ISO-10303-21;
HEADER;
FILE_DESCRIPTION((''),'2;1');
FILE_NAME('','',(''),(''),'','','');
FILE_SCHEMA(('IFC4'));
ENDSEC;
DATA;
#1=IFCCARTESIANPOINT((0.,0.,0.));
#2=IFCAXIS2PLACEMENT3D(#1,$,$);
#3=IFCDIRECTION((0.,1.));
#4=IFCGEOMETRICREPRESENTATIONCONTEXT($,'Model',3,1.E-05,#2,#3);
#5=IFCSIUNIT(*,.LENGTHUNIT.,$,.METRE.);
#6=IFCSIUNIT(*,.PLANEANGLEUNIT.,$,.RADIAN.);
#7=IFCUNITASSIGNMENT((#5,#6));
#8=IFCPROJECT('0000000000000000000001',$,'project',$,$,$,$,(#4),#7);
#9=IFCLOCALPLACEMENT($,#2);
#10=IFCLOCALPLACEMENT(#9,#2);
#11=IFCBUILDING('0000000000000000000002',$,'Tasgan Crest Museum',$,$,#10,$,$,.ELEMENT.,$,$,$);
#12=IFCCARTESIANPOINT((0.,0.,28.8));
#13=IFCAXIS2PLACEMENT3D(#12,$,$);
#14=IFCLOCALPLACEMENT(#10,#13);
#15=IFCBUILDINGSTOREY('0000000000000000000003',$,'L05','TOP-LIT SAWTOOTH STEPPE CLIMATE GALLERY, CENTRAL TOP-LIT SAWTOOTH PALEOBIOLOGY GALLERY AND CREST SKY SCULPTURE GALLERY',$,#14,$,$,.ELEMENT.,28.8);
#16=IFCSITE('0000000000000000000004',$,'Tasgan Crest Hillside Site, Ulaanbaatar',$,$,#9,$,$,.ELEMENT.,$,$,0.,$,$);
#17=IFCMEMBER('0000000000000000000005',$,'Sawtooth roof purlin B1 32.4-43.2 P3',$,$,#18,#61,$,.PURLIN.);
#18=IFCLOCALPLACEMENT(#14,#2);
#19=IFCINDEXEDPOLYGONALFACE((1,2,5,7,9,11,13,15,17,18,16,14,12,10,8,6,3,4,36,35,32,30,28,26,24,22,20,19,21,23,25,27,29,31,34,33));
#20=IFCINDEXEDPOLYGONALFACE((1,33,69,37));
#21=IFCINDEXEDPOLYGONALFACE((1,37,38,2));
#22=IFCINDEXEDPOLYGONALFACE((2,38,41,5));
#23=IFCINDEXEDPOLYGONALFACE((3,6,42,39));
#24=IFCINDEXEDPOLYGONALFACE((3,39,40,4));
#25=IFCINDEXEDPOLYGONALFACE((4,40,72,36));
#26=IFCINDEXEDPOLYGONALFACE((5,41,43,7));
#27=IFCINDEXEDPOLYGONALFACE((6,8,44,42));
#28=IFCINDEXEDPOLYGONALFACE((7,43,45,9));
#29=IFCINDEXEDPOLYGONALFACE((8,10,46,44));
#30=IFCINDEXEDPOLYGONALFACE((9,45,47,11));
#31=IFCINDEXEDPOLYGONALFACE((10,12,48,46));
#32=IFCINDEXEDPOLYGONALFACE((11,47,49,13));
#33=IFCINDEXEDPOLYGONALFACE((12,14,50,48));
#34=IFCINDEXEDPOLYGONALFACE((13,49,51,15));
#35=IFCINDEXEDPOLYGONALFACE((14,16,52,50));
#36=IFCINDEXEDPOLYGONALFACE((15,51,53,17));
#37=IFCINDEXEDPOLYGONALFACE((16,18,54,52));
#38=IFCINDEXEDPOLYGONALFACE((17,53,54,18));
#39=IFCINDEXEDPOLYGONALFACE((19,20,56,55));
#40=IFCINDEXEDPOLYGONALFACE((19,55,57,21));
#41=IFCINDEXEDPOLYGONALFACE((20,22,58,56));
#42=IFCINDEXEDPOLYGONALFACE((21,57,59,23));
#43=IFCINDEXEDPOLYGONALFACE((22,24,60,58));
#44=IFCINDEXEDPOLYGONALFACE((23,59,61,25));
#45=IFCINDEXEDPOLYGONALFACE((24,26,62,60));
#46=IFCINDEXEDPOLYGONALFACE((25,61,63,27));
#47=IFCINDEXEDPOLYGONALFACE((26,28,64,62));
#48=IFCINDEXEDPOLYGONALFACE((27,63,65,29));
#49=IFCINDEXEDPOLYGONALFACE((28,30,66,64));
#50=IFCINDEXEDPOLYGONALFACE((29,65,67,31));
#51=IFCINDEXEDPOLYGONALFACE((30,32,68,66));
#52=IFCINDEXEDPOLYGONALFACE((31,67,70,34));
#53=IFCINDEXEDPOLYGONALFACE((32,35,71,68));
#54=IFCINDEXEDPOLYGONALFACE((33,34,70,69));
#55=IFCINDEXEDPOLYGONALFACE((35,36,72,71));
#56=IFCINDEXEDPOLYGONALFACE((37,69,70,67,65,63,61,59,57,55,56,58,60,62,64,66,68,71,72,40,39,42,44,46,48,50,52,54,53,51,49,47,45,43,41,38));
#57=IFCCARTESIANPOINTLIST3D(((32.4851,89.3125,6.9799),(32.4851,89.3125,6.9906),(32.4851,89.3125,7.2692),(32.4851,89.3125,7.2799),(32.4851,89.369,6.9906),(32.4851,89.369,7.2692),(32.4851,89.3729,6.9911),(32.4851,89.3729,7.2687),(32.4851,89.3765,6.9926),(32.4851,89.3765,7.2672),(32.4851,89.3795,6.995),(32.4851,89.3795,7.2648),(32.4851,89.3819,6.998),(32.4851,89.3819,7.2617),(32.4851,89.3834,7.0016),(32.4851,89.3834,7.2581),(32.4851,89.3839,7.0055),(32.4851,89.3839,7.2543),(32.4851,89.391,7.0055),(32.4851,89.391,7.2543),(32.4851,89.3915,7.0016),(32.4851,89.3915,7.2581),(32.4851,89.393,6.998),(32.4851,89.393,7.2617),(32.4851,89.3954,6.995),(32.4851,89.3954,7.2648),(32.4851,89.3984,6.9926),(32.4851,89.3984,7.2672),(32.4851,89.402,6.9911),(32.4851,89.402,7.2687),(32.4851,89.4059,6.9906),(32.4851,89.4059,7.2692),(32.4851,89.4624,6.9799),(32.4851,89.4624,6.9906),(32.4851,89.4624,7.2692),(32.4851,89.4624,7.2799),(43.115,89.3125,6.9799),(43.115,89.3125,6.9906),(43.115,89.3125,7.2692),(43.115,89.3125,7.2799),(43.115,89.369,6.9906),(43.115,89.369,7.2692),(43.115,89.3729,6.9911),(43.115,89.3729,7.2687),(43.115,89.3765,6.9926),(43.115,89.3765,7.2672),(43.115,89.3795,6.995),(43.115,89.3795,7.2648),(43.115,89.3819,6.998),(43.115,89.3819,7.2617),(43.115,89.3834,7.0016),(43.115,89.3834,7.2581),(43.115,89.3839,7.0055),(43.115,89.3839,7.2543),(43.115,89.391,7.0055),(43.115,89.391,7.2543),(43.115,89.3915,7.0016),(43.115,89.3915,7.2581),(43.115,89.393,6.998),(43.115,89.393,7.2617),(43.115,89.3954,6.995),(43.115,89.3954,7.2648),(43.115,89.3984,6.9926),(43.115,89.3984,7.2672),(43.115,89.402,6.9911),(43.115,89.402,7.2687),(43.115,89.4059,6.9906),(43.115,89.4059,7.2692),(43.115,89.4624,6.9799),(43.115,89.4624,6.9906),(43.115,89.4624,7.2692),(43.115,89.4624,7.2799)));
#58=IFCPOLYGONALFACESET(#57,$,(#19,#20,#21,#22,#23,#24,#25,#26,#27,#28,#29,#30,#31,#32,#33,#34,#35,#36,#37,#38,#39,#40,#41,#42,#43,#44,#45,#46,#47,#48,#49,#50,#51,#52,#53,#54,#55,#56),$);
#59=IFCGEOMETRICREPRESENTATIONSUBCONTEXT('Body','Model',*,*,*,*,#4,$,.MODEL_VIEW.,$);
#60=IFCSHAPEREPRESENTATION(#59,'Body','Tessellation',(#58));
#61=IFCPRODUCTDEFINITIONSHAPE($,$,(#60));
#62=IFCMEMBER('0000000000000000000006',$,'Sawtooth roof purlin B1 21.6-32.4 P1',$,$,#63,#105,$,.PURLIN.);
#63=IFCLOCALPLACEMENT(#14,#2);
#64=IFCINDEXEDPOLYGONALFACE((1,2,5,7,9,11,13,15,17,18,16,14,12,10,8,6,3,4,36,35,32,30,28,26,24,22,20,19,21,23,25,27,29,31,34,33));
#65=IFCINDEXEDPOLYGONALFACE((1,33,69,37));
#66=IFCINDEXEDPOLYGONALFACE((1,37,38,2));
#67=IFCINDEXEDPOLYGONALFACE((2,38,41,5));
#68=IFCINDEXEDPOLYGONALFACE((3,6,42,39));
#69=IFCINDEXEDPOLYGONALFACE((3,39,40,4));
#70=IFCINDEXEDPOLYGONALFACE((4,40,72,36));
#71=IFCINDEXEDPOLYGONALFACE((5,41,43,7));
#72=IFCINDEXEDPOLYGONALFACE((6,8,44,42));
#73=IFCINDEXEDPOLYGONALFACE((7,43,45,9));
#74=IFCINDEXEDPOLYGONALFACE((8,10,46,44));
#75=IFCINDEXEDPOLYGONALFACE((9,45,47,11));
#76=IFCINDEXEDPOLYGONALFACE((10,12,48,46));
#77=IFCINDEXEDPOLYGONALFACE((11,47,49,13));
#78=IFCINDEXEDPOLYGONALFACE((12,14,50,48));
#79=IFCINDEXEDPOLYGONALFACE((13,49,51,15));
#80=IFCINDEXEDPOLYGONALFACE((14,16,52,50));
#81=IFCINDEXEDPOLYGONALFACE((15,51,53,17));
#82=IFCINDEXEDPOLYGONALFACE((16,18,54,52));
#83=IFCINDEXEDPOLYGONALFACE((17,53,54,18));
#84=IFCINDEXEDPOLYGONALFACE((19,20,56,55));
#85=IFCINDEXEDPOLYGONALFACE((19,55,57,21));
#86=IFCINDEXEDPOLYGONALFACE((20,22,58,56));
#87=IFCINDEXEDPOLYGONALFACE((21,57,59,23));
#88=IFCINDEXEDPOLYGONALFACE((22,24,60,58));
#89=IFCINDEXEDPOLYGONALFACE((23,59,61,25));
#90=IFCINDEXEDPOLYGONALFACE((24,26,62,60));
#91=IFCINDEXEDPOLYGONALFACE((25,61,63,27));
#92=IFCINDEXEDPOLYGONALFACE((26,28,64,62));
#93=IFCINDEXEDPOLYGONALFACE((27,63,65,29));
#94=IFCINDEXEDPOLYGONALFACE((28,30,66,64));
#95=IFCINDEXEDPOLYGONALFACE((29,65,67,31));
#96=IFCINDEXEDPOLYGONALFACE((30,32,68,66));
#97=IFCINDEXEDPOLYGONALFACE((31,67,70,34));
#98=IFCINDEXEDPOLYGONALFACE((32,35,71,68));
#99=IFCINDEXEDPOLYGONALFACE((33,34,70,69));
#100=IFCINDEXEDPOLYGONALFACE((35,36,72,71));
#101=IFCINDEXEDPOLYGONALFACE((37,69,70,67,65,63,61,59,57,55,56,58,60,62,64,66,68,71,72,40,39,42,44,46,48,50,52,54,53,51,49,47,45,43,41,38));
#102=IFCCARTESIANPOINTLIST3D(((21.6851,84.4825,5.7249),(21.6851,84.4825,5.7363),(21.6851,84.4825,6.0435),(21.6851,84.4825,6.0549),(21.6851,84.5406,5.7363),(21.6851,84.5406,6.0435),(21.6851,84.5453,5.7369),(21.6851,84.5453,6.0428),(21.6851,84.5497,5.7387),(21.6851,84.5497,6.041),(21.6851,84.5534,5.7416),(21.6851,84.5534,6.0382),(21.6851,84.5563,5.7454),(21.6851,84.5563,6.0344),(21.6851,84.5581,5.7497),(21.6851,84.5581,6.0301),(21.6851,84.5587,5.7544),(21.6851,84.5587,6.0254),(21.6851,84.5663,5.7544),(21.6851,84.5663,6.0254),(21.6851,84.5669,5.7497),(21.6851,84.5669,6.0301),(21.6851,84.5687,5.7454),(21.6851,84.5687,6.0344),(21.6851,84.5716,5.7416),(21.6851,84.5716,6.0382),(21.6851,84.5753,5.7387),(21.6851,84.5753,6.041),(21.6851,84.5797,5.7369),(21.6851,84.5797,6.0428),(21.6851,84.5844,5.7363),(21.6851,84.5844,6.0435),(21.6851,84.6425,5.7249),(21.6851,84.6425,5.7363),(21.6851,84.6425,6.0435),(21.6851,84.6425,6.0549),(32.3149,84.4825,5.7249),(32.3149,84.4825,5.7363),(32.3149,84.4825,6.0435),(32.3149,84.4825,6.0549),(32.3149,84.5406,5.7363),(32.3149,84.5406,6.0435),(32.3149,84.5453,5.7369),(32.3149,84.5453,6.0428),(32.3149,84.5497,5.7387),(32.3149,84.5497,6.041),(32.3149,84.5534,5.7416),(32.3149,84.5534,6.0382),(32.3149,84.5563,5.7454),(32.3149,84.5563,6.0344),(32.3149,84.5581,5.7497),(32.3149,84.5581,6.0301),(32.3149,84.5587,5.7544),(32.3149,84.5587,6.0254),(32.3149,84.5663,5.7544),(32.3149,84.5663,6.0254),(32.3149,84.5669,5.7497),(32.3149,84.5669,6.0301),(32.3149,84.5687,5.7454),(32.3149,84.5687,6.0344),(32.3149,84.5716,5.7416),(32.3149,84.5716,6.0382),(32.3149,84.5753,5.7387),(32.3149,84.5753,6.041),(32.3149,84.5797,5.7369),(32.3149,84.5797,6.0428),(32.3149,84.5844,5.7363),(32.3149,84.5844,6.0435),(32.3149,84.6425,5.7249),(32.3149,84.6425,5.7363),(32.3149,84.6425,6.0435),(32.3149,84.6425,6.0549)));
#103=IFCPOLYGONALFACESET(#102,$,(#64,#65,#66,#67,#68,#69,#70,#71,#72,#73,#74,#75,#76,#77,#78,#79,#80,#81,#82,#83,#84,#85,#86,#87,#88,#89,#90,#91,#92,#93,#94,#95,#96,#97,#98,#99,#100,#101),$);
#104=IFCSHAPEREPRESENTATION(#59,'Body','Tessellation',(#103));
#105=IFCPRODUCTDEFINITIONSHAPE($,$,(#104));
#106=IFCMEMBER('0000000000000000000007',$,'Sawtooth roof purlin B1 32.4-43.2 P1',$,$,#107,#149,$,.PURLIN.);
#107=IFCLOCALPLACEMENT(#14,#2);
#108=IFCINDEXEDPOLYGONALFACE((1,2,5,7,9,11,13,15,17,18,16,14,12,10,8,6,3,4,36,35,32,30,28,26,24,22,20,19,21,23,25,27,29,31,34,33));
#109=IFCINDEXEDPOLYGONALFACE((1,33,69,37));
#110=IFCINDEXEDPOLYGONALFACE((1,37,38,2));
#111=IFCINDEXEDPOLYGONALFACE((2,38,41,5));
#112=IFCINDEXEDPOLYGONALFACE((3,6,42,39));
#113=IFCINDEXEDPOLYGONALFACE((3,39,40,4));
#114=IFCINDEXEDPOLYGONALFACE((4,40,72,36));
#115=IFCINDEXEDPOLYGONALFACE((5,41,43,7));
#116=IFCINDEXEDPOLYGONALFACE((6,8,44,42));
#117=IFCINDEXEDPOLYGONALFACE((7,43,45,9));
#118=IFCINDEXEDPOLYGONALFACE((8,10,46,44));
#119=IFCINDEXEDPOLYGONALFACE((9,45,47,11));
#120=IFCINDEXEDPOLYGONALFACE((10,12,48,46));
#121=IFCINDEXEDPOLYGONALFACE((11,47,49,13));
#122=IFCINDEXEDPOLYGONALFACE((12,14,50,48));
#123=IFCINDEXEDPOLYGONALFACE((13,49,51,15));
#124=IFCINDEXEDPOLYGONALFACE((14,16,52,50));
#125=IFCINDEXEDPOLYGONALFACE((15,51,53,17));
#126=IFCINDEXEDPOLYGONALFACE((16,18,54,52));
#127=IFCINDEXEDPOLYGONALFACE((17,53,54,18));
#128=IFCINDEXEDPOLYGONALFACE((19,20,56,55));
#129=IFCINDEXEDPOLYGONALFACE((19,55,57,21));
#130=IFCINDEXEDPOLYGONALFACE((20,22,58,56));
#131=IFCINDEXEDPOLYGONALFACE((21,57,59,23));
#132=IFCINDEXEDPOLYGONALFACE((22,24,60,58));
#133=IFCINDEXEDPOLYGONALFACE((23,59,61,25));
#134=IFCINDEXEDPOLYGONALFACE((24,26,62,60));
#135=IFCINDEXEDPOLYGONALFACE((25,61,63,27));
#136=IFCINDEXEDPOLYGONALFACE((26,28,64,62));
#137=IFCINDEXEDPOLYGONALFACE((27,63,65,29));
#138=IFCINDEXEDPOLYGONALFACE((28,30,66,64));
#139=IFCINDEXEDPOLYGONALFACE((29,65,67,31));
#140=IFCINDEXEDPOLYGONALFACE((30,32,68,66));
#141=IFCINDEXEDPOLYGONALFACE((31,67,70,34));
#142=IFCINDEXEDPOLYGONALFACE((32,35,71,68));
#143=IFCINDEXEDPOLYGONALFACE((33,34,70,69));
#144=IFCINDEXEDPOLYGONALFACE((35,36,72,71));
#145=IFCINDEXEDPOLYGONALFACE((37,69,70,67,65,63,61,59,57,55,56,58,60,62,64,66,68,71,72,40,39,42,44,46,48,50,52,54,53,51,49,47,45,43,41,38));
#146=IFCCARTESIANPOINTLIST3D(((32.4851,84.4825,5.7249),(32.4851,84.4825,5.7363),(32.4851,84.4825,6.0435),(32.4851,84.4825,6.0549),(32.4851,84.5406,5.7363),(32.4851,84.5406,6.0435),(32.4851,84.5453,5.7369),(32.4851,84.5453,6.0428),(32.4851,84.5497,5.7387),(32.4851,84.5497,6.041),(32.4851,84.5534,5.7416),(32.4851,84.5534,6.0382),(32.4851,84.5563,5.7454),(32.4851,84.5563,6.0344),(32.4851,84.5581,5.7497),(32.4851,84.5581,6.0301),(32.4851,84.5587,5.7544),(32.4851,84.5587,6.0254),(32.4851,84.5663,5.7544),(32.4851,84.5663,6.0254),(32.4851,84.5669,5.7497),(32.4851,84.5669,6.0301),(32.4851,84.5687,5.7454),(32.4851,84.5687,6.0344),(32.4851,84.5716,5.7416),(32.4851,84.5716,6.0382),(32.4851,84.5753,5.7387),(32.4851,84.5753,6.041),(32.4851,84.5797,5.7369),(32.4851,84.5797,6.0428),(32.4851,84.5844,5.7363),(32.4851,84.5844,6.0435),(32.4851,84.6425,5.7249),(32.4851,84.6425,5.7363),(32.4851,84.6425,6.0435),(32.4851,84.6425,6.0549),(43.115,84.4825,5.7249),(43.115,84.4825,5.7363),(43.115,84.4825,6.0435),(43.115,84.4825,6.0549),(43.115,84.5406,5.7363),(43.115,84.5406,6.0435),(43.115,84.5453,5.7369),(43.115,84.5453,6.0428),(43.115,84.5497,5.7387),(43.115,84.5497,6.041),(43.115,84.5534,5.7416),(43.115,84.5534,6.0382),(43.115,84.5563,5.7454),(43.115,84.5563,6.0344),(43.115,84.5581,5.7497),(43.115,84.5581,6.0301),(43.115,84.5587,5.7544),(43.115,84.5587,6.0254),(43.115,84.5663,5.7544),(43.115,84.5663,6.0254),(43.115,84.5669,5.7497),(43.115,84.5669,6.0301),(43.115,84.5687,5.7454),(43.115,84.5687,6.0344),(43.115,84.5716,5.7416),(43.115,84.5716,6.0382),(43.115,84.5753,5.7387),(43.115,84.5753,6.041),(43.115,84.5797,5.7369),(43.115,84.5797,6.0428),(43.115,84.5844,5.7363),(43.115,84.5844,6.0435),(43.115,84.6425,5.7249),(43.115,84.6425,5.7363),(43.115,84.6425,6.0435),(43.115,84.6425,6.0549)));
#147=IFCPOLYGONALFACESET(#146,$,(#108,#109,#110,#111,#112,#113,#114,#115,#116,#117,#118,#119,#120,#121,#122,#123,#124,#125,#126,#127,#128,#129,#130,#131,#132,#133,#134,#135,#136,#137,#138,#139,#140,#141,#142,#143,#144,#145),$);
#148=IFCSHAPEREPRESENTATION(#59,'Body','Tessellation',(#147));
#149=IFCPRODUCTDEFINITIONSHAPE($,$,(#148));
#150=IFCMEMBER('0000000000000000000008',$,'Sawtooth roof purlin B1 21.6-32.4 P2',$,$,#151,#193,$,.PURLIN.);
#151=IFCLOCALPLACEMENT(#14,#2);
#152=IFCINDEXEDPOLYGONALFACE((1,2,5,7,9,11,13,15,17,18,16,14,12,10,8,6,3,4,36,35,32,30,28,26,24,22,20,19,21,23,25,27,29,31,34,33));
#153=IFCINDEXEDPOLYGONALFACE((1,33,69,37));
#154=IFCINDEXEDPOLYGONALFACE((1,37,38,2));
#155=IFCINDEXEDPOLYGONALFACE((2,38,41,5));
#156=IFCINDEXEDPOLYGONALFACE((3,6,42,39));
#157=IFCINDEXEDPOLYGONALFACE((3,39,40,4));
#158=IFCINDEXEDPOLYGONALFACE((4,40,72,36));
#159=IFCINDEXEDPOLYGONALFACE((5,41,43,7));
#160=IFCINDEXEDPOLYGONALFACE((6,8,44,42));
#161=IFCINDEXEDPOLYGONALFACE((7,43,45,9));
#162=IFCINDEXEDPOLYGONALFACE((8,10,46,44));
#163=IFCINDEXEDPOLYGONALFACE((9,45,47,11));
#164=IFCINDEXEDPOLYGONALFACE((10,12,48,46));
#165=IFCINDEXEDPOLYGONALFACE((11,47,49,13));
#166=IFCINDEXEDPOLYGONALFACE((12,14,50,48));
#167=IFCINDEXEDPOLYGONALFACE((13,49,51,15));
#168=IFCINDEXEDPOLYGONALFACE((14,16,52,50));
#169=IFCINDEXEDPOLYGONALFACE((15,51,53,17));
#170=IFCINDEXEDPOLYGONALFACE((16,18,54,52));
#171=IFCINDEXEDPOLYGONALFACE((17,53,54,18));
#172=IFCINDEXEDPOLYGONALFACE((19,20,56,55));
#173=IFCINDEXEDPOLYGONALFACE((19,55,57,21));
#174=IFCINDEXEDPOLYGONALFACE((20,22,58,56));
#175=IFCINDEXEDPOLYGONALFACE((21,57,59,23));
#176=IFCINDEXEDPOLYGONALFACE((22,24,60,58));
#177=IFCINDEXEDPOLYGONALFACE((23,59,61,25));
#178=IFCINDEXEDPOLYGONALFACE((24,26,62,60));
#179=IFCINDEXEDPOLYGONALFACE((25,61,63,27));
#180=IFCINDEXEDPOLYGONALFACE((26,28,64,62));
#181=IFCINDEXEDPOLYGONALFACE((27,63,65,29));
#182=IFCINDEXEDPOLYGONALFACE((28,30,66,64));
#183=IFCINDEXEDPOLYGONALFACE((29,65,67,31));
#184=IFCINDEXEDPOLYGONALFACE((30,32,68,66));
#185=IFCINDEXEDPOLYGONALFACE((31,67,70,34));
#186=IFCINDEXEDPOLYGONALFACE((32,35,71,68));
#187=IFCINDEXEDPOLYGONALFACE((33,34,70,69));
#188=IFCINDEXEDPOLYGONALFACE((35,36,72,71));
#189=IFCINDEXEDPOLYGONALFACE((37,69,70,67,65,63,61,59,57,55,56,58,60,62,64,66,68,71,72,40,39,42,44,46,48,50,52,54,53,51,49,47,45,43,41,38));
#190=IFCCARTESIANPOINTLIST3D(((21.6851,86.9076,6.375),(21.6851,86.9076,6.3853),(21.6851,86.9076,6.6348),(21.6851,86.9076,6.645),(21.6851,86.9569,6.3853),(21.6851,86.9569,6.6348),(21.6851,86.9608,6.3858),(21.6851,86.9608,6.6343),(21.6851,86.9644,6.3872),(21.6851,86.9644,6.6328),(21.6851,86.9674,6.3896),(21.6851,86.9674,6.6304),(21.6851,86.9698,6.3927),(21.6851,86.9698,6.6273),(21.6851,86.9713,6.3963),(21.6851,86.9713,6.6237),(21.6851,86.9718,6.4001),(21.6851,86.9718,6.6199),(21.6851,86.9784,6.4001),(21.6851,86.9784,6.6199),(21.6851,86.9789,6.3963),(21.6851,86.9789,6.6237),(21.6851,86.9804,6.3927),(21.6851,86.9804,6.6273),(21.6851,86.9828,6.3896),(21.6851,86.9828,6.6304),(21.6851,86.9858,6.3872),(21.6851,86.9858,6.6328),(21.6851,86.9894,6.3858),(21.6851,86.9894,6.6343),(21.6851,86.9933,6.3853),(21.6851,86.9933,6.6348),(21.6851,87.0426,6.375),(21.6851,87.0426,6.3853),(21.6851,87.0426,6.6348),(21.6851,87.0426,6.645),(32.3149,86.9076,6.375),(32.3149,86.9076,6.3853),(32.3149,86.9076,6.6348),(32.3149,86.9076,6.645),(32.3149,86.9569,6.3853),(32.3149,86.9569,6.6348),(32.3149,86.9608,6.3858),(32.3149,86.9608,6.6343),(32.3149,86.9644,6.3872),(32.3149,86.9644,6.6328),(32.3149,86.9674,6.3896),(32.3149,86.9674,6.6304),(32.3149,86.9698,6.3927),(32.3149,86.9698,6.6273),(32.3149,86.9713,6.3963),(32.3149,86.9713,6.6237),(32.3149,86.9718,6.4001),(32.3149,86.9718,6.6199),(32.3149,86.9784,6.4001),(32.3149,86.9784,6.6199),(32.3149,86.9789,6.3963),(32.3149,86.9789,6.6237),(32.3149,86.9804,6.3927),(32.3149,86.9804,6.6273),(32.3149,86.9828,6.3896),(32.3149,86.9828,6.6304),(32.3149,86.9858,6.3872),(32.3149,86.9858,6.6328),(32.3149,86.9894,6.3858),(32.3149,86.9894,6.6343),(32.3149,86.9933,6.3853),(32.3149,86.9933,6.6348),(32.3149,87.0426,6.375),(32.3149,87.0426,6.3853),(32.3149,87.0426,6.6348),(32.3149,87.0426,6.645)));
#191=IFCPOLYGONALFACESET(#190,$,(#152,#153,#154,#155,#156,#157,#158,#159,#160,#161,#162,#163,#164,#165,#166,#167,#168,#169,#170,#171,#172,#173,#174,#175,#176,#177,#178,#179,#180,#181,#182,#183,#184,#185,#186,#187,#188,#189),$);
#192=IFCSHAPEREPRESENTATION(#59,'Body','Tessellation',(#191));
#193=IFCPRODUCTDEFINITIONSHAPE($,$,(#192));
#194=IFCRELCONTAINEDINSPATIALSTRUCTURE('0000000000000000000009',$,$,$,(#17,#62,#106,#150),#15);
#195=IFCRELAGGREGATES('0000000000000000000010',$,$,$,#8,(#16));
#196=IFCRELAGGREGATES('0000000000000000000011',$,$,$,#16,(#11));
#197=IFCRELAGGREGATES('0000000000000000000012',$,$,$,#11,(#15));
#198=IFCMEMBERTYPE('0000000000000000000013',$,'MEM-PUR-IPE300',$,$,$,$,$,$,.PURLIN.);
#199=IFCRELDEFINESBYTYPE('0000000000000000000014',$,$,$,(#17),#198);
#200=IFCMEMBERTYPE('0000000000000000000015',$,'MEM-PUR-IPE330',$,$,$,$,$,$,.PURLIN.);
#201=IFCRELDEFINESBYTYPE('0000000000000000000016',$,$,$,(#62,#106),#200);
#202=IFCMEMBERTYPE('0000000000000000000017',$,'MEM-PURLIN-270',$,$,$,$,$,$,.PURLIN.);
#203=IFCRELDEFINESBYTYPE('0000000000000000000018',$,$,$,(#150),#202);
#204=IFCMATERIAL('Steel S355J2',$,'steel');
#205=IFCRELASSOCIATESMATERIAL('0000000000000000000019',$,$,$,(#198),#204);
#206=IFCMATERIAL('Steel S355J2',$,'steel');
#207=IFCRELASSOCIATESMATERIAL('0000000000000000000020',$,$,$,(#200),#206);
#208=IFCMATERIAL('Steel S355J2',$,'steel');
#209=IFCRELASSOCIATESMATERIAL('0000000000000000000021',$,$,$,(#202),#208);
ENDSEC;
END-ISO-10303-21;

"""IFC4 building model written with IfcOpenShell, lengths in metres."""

from ifc_helpers import new_model, si_unit, direction, frame, origin, origin_2d, place, context, subcontext, project, spatial, i_section, extrude, material, material_profile, profile_set, type_object, element, save


model = new_model("IFC4")

# Units and contexts
model_context = context("Model", 3, precision=1e-05, world=origin(), true_north=direction((0.0, 1.0)))
body_context = subcontext(model_context, "Body", "Model", "MODEL_VIEW")
ifc_project = project(units=[si_unit("LENGTHUNIT", "METRE"), si_unit("PLANEANGLEUNIT", "RADIAN")], contexts=[model_context])

# Site, building, storey
site_placement = place(None, origin())
site = spatial("IfcSite", under=ifc_project, at=site_placement, Name="Tasgan Crest Hillside Site, Ulaanbaatar", CompositionType="ELEMENT", RefElevation=0.0)
building_placement = place(site_placement, origin())
building = spatial("IfcBuilding", under=site, at=building_placement, Name="Tasgan Crest Museum", CompositionType="ELEMENT")
storey_placement = place(building_placement, frame((0.0, 0.0, 28.8)))
storey = spatial("IfcBuildingStorey", under=building, at=storey_placement, Name="L05", Description="TOP-LIT SAWTOOTH STEPPE CLIMATE GALLERY, CENTRAL TOP-LIT SAWTOOTH PALEOBIOLOGY GALLERY AND CREST SKY SCULPTURE GALLERY", CompositionType="ELEMENT", Elevation=28.8)

# Members
ifc_material_1 = material(Name="Steel S355J2", Category="steel")
ifc_material_profile_1 = material_profile(ifc_material_1, i_section(OverallWidth=0.1499, OverallDepth=0.3, WebThickness=0.0071, FlangeThickness=0.0107, FilletRadius=0.0149, at=origin_2d()), Name="IPE 300")
ifc_profile_set_1 = profile_set([ifc_material_profile_1], Name="Steel S355J2")
member_type_1 = type_object("IfcMemberType", Name="MEM-PUR-IPE300", PredefinedType="PURLIN", material=ifc_profile_set_1)
for number, where, z_axis, x_axis, name in (
    (1, (32.4851, 89.3875, 7.1299), (1.0, 0.0, 0.0), (0.0, 1.0, 0.0), "Sawtooth roof purlin B1 32.4-43.2 P3"),
):
    element("IfcMember", number, at=place(storey_placement, frame(where, z_axis=z_axis, x_axis=x_axis)), inside=storey, type_object=member_type_1, Name=name, PredefinedType="PURLIN", context=body_context, shape_type="SweptSolid", body=[
        extrude(i_section(OverallWidth=0.1499, OverallDepth=0.3, WebThickness=0.0071, FlangeThickness=0.0107, FilletRadius=0.0149, at=origin_2d()), origin(), (0.0, 0.0, 1.0), 10.6299),
    ])
ifc_material_2 = material(Name="Steel S355J2", Category="steel")
ifc_material_profile_2 = material_profile(ifc_material_2, i_section(OverallWidth=0.1599, OverallDepth=0.3301, WebThickness=0.0076, FlangeThickness=0.0115, FilletRadius=0.0181, at=origin_2d()), Name="IPE 330")
ifc_profile_set_2 = profile_set([ifc_material_profile_2], Name="Steel S355J2")
member_type_2 = type_object("IfcMemberType", Name="MEM-PUR-IPE330", PredefinedType="PURLIN", material=ifc_profile_set_2)
for number, where, z_axis, x_axis, name in (
    (2, (21.6851, 84.5625, 5.8899), (1.0, 0.0, 0.0), (0.0, 1.0, 0.0), "Sawtooth roof purlin B1 21.6-32.4 P1"),
    (3, (32.4851, 84.5625, 5.8899), (1.0, 0.0, 0.0), (0.0, 1.0, 0.0), "Sawtooth roof purlin B1 32.4-43.2 P1"),
):
    element("IfcMember", number, at=place(storey_placement, frame(where, z_axis=z_axis, x_axis=x_axis)), inside=storey, type_object=member_type_2, Name=name, PredefinedType="PURLIN", context=body_context, shape_type="SweptSolid", body=[
        extrude(i_section(OverallWidth=0.1599, OverallDepth=0.3301, WebThickness=0.0076, FlangeThickness=0.0115, FilletRadius=0.0181, at=origin_2d()), origin(), (0.0, 0.0, 1.0), 10.6299),
    ])
ifc_material_3 = material(Name="Steel S355J2", Category="steel")
ifc_material_profile_3 = material_profile(ifc_material_3, i_section(OverallWidth=0.135, OverallDepth=0.27, WebThickness=0.0066, FlangeThickness=0.0103, FilletRadius=0.0149, at=origin_2d()), Name="IPE 270")
ifc_profile_set_3 = profile_set([ifc_material_profile_3], Name="Steel S355J2")
member_type_3 = type_object("IfcMemberType", Name="MEM-PURLIN-270", PredefinedType="PURLIN", material=ifc_profile_set_3)
for number, where, z_axis, x_axis, name in (
    (4, (21.6851, 86.9751, 6.51), (1.0, 0.0, 0.0), (0.0, 1.0, 0.0), "Sawtooth roof purlin B1 21.6-32.4 P2"),
):
    element("IfcMember", number, at=place(storey_placement, frame(where, z_axis=z_axis, x_axis=x_axis)), inside=storey, type_object=member_type_3, Name=name, PredefinedType="PURLIN", context=body_context, shape_type="SweptSolid", body=[
        extrude(i_section(OverallWidth=0.135, OverallDepth=0.27, WebThickness=0.0066, FlangeThickness=0.0103, FilletRadius=0.0149, at=origin_2d()), origin(), (0.0, 0.0, 1.0), 10.6299),
    ])

save(model, "model.ifc")
